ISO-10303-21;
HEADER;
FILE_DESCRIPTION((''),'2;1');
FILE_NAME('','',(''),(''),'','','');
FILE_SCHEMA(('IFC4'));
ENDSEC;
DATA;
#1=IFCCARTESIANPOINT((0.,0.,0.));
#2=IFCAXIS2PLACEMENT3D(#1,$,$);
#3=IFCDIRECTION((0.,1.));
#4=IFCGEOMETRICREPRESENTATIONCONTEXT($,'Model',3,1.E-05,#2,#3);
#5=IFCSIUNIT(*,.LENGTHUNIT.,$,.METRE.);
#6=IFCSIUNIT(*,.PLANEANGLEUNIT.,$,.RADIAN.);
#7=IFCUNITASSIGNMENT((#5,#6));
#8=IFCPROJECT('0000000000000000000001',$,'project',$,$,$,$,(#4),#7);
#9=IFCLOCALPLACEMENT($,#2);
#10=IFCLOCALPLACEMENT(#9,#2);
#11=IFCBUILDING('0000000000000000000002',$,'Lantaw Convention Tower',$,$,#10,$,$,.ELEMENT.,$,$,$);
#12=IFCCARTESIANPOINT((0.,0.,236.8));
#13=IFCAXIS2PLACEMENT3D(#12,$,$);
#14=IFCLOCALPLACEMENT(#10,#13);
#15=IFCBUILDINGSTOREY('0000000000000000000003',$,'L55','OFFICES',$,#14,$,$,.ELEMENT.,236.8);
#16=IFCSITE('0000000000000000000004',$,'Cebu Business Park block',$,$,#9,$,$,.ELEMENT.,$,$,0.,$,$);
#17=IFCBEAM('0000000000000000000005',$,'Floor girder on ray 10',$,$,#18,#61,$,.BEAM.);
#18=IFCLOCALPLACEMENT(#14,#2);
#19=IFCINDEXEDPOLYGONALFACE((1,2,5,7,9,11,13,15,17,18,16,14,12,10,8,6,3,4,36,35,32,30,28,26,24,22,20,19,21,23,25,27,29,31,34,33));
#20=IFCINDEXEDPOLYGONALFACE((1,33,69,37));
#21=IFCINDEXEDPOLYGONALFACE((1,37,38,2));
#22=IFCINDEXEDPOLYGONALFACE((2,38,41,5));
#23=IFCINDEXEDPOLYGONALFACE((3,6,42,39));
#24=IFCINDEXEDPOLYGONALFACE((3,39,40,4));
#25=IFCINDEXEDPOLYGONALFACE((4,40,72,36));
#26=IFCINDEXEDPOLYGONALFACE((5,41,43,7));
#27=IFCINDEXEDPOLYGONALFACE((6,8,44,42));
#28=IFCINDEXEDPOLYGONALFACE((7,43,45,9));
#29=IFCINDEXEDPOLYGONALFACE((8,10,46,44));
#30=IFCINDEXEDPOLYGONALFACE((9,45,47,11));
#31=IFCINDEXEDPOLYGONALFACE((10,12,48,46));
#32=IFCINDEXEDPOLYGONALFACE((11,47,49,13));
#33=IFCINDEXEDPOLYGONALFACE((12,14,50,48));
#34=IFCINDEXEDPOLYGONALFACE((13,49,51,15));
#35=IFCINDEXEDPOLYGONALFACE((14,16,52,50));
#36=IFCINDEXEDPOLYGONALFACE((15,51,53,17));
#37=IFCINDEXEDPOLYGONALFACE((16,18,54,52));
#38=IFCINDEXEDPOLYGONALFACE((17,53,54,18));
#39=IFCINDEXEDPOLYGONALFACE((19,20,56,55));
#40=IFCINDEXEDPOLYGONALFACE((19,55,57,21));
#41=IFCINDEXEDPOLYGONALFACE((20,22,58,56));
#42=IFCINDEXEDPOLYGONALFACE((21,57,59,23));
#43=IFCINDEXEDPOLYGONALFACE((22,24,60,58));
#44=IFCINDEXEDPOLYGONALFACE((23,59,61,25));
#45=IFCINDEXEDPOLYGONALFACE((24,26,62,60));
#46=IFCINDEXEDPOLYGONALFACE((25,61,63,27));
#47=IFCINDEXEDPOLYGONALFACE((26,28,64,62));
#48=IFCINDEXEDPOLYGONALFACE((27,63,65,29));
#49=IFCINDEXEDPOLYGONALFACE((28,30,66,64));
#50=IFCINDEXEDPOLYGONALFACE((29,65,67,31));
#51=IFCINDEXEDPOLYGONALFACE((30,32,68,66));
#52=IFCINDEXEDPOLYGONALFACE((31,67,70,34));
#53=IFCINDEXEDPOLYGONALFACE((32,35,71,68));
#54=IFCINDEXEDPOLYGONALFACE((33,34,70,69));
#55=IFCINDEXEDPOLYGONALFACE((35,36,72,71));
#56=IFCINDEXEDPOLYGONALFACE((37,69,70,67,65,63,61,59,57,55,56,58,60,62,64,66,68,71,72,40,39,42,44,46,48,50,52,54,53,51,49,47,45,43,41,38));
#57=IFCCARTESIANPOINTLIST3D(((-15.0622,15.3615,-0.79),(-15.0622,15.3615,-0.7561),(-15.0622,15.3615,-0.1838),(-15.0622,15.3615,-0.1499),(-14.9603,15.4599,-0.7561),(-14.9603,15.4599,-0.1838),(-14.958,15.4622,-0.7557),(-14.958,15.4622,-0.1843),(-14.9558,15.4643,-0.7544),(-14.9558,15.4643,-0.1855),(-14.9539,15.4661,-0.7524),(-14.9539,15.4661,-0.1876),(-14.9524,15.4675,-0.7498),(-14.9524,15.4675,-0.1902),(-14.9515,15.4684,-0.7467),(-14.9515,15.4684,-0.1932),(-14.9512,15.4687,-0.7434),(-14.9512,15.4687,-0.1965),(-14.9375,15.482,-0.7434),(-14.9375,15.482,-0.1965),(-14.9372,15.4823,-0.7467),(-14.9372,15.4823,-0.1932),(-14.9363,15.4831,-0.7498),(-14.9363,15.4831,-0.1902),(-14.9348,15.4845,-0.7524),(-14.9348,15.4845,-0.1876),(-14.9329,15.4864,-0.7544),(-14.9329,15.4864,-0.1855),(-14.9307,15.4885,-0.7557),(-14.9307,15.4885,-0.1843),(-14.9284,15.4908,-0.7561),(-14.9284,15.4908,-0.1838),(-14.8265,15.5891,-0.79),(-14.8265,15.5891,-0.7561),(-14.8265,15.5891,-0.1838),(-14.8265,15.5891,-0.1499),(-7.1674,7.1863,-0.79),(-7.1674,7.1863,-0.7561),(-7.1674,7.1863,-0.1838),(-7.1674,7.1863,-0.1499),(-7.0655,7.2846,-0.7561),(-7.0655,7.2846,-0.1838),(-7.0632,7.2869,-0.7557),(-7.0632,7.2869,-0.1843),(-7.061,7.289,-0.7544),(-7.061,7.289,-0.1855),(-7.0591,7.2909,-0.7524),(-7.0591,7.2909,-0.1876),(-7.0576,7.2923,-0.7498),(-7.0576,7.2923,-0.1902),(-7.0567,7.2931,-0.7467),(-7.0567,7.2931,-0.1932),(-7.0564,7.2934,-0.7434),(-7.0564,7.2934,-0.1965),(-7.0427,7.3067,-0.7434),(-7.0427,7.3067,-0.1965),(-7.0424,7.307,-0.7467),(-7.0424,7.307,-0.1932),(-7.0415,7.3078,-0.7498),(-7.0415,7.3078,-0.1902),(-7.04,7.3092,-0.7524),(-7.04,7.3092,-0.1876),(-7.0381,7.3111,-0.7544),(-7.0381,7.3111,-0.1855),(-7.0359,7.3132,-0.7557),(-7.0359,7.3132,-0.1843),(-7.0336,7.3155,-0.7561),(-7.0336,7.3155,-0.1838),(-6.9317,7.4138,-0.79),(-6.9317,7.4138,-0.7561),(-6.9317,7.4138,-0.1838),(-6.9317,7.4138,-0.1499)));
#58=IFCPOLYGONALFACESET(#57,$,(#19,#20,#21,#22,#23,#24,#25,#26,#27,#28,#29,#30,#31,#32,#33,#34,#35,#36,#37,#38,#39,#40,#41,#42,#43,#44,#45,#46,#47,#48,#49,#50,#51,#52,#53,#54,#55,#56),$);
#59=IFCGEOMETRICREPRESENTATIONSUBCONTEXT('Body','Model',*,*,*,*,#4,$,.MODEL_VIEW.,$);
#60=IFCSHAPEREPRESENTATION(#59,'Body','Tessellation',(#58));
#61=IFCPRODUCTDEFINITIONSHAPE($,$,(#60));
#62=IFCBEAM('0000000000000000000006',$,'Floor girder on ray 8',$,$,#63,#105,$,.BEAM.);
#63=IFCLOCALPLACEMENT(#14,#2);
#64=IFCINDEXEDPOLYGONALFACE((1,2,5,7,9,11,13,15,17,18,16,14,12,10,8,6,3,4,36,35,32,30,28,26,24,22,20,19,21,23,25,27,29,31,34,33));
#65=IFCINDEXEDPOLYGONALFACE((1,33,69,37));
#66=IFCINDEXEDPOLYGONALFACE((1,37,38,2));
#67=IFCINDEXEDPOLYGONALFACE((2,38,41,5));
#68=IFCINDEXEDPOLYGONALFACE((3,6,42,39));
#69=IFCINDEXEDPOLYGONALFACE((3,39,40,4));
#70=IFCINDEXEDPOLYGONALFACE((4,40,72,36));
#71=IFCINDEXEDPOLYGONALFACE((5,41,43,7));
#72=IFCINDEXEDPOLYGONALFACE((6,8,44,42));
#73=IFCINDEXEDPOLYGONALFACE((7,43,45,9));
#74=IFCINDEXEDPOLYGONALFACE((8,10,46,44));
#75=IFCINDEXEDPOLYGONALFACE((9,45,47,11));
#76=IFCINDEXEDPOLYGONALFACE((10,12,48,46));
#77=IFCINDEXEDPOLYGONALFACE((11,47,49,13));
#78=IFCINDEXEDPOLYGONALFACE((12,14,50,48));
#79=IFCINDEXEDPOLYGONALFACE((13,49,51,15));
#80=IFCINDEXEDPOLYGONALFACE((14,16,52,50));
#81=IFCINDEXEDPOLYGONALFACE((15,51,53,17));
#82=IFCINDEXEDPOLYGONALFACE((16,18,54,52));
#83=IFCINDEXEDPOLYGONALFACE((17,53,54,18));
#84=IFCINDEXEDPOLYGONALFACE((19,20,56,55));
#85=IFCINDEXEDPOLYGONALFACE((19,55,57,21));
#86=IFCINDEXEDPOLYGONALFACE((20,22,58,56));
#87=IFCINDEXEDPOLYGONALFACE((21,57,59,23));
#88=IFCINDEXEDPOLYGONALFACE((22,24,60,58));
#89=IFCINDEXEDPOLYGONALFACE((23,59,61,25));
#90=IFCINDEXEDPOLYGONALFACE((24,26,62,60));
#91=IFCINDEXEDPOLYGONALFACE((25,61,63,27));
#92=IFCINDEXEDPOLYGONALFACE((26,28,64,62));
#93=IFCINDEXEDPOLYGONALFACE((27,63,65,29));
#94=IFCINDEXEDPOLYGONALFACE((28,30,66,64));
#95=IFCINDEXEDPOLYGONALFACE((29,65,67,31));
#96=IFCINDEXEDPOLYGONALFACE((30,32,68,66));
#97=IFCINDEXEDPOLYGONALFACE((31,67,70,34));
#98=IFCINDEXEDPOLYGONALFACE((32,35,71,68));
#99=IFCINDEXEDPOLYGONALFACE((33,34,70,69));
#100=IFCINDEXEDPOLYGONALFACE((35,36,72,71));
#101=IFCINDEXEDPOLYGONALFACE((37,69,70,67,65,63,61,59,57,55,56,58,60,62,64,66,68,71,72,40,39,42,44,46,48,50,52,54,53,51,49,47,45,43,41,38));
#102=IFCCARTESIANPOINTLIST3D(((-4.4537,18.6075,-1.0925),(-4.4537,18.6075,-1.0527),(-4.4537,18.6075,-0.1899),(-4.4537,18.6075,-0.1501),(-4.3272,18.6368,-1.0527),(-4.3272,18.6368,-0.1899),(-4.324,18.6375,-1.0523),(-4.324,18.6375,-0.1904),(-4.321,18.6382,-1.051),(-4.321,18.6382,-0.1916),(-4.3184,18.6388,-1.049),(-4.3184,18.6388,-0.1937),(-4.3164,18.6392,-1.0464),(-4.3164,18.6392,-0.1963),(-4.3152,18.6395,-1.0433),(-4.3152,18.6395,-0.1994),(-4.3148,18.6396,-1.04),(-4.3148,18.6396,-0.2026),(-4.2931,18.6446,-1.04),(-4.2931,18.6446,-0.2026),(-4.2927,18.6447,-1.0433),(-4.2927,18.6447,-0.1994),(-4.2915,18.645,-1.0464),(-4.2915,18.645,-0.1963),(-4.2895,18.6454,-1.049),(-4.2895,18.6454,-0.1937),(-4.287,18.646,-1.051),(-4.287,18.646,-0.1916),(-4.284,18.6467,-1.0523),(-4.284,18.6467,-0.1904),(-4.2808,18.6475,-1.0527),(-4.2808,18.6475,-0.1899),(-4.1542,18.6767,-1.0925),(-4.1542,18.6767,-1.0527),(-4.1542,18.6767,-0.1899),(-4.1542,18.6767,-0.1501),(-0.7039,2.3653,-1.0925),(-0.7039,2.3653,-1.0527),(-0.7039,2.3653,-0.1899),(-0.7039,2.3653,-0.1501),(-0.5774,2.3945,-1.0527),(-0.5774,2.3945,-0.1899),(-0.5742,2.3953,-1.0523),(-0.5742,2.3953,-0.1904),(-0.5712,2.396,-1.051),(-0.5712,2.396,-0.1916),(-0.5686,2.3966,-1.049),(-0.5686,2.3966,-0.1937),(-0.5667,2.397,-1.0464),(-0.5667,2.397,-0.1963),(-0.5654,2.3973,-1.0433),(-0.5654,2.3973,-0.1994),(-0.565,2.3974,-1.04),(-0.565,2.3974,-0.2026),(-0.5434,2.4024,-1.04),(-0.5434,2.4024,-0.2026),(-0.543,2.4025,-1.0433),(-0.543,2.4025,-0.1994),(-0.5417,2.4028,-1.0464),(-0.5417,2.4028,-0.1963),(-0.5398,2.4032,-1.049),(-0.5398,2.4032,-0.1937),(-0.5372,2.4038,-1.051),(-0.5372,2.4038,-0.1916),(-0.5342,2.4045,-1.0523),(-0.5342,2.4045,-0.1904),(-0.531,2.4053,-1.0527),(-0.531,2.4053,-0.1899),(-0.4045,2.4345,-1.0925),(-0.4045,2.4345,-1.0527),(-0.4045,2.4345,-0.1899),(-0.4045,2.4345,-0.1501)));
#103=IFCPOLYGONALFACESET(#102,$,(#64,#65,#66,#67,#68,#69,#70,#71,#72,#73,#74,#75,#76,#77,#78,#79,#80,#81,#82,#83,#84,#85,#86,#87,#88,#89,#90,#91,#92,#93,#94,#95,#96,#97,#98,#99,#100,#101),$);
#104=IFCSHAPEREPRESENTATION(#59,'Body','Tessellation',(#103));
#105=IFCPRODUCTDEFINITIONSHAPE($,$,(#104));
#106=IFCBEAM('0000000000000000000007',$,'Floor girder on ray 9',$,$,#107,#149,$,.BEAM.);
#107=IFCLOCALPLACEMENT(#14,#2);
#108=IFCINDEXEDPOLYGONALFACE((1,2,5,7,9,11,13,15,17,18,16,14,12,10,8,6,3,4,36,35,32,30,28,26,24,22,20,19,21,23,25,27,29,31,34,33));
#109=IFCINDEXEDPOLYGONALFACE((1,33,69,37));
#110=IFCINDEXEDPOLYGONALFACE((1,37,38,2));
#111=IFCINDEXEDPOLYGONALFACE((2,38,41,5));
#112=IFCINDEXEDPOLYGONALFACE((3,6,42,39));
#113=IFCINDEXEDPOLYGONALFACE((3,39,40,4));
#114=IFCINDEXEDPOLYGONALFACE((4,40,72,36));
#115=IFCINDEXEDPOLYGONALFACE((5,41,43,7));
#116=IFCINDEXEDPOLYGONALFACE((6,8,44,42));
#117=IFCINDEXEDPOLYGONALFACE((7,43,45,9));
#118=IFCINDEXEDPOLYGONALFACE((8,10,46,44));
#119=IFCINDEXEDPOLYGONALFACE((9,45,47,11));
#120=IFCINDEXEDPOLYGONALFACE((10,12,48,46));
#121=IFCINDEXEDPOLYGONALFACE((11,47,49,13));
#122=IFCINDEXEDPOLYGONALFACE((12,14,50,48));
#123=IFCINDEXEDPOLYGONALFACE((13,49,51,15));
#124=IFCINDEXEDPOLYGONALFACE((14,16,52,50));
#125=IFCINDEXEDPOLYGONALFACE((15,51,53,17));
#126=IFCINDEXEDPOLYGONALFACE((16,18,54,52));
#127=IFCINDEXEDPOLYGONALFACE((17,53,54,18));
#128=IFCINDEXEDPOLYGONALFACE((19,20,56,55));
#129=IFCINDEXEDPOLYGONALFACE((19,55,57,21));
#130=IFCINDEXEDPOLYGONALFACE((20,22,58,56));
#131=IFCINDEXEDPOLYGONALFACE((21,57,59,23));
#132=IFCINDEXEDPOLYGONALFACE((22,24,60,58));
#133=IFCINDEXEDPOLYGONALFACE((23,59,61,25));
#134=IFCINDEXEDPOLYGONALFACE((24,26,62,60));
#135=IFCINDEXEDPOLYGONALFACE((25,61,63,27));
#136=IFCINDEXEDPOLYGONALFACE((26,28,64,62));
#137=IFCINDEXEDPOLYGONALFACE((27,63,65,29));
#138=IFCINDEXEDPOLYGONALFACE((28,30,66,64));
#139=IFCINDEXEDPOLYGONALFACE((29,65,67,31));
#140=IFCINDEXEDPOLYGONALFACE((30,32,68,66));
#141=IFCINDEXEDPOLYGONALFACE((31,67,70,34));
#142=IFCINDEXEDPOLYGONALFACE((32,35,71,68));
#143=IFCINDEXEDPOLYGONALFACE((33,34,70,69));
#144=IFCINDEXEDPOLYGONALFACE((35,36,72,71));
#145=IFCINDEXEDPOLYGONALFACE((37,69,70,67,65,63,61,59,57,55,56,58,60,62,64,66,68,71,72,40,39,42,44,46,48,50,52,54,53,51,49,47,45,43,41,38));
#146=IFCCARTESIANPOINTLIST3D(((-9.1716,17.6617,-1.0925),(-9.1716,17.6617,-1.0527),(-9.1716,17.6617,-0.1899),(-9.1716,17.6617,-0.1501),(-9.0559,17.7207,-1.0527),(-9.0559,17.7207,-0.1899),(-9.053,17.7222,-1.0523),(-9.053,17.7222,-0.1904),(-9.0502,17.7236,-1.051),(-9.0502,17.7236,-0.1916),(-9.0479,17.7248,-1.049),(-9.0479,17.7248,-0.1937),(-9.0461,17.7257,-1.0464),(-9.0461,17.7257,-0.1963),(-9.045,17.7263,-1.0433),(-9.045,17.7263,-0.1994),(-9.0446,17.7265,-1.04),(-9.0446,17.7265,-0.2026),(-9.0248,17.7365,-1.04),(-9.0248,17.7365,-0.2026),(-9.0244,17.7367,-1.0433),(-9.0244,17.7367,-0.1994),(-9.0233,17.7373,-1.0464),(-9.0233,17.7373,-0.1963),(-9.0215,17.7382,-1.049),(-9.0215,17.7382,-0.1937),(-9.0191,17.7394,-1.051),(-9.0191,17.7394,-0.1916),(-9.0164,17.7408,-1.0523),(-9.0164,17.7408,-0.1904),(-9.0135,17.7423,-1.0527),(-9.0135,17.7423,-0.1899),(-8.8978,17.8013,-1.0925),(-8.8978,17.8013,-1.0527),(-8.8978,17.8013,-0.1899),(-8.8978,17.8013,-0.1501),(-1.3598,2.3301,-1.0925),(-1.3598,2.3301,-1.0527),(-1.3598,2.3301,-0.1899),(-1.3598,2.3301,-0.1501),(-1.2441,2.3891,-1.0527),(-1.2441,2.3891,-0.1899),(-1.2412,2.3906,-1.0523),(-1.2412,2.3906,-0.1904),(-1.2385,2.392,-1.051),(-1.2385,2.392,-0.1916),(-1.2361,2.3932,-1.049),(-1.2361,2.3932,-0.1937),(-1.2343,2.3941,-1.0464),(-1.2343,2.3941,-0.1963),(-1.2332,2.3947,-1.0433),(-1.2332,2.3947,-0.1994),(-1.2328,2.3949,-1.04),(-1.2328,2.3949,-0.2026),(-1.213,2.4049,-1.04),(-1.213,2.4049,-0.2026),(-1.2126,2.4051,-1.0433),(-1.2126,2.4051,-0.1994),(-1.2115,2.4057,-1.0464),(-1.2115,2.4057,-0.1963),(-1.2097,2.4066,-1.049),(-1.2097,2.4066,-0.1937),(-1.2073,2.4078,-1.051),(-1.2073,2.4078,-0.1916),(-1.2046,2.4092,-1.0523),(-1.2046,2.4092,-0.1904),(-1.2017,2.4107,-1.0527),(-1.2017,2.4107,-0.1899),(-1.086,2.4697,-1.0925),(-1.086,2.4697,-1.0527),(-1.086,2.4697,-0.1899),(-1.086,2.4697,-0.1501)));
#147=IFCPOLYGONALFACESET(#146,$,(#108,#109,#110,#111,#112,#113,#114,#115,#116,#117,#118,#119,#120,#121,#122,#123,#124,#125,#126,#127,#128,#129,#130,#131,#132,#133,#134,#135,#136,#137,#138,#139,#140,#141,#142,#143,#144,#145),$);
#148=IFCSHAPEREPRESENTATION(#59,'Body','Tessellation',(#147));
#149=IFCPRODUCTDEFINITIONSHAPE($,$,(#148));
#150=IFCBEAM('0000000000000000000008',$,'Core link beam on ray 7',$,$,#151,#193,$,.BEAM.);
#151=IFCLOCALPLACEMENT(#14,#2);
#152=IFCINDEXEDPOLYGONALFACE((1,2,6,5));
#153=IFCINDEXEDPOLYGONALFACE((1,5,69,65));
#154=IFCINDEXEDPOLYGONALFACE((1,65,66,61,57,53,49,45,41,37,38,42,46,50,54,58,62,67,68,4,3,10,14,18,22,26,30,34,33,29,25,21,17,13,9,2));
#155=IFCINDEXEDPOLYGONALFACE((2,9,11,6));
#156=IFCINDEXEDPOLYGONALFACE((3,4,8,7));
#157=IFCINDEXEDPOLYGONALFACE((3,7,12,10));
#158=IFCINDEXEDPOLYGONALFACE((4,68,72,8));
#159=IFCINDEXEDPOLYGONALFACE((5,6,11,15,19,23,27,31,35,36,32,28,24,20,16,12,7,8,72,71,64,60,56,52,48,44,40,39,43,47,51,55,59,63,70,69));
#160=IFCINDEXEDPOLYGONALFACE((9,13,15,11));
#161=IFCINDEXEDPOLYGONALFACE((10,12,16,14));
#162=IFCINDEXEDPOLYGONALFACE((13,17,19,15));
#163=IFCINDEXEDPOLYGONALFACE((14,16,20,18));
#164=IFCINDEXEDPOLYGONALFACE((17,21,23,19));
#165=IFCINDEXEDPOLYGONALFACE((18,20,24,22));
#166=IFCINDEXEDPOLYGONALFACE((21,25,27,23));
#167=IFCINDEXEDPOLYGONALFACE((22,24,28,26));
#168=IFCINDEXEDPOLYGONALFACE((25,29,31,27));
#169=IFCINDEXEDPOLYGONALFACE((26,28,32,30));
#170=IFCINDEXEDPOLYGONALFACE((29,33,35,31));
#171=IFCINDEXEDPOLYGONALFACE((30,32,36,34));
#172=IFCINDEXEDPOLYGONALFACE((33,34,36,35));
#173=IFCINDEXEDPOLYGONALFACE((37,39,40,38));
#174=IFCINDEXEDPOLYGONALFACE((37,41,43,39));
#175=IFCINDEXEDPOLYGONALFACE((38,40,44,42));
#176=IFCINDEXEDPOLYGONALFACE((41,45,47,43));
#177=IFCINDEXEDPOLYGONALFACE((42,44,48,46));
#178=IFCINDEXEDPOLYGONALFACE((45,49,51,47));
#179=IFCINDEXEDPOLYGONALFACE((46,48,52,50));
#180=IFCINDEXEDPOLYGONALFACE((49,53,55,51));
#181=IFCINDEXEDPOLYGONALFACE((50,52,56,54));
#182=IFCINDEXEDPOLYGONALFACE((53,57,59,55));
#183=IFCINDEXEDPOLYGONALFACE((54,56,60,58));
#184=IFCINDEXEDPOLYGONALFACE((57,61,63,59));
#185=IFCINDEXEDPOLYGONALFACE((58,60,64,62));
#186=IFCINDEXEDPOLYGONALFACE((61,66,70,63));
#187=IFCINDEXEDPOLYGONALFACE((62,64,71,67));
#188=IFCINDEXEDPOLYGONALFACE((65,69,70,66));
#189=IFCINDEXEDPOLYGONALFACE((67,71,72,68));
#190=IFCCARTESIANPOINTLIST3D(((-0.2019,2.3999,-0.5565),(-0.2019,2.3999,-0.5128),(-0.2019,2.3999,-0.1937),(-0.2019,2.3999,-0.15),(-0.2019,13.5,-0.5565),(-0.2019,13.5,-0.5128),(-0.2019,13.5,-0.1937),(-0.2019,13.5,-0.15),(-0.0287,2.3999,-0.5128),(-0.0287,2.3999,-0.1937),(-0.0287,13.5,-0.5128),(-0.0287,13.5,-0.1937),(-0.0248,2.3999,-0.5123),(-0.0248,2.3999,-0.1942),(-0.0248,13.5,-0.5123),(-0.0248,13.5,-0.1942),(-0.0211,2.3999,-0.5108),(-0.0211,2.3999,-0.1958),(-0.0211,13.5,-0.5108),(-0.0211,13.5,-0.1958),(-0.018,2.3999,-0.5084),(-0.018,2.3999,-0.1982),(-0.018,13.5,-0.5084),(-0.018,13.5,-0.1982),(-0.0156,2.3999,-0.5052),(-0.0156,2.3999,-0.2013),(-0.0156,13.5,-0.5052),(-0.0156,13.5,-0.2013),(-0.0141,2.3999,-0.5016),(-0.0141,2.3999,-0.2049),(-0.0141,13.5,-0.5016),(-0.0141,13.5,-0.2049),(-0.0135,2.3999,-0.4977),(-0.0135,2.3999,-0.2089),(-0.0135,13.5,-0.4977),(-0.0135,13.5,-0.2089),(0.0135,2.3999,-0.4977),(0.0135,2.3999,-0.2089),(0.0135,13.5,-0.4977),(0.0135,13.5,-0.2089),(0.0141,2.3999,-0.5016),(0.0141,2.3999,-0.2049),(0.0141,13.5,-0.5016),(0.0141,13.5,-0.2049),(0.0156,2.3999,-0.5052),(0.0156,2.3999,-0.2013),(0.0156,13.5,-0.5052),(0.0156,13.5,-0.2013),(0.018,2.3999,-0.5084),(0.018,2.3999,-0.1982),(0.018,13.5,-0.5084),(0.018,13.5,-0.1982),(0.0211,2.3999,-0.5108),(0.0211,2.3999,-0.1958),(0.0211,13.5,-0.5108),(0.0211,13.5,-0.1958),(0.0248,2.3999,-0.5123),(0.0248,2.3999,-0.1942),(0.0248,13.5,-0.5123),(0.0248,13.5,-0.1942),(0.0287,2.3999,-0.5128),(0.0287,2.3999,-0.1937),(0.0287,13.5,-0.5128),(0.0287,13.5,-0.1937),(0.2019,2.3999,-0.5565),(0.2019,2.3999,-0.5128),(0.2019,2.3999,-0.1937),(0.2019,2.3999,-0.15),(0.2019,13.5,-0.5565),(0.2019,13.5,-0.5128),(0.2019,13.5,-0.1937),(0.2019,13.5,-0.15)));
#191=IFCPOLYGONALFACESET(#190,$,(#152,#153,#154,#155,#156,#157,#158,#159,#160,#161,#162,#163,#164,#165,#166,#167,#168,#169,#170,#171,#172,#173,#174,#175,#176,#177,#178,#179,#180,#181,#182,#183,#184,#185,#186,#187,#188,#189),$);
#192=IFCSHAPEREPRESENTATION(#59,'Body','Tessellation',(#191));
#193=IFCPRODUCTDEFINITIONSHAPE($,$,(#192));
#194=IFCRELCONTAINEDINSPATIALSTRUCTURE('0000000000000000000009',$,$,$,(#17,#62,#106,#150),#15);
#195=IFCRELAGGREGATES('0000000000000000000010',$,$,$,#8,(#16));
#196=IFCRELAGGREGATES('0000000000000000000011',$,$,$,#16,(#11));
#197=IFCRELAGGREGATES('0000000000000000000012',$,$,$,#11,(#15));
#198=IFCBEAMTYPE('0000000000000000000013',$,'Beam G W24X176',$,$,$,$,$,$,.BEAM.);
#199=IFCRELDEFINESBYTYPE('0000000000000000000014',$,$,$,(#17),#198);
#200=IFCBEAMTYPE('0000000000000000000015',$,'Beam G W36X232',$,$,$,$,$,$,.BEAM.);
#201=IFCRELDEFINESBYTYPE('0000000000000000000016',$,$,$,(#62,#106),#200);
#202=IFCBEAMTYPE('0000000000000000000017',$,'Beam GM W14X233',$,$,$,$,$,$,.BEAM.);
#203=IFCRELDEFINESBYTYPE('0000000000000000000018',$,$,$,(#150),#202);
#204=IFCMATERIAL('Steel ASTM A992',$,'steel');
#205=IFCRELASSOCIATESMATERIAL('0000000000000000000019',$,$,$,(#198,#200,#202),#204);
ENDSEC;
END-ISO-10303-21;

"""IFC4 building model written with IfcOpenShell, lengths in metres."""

from ifc_helpers import new_model, si_unit, direction, frame, origin, origin_2d, place, context, subcontext, project, spatial, i_section, extrude, material, material_profile, profile_set, type_object, element, save


model = new_model("IFC4")

# Units and contexts
model_context = context("Model", 3, precision=1e-05, world=origin(), true_north=direction((0.0, 1.0)))
body_context = subcontext(model_context, "Body", "Model", "MODEL_VIEW")
ifc_project = project(units=[si_unit("LENGTHUNIT", "METRE"), si_unit("PLANEANGLEUNIT", "RADIAN")], contexts=[model_context])

# Site, building, storey
site_placement = place(None, origin())
site = spatial("IfcSite", under=ifc_project, at=site_placement, Name="Cebu Business Park block", CompositionType="ELEMENT", RefElevation=0.0)
building_placement = place(site_placement, origin())
building = spatial("IfcBuilding", under=site, at=building_placement, Name="Lantaw Convention Tower", CompositionType="ELEMENT")
storey_placement = place(building_placement, frame((0.0, 0.0, 236.8)))
storey = spatial("IfcBuildingStorey", under=building, at=storey_placement, Name="L55", Description="OFFICES", CompositionType="ELEMENT", Elevation=236.8)

# Beams
ifc_material_1 = material(Name="Steel ASTM A992", Category="steel")
ifc_material_profile_1 = material_profile(ifc_material_1, i_section(OverallWidth=0.3276, OverallDepth=0.6401, WebThickness=0.019, FlangeThickness=0.0339, FilletRadius=0.0127, at=origin_2d()), Name="W24X176")
ifc_profile_set_1 = profile_set([ifc_material_profile_1], Name="Steel ASTM A992")
beam_type_1 = type_object("IfcBeamType", Name="Beam G W24X176", PredefinedType="BEAM", material=ifc_profile_set_1)
beam_1_placement = place(storey_placement, frame((-7.0496, 7.3, -0.47), z_axis=(-0.694658, 0.71934, 0.0), x_axis=(-0.71934, -0.694658, 0.0)))
element("IfcBeam", 1, at=beam_1_placement, inside=storey, type_object=beam_type_1, Name="Floor girder on ray 10", PredefinedType="BEAM", context=body_context, shape_type="SweptSolid", body=[
    extrude(i_section(OverallWidth=0.3276, OverallDepth=0.6401, WebThickness=0.019, FlangeThickness=0.0339, FilletRadius=0.0127, at=origin_2d()), origin(), (0.0, 0.0, 1.0), 11.365),
])
ifc_material_profile_2 = material_profile(ifc_material_1, i_section(OverallWidth=0.3074, OverallDepth=0.9424, WebThickness=0.0222, FlangeThickness=0.0398, FilletRadius=0.0127, at=origin_2d()), Name="W36X232")
ifc_profile_set_2 = profile_set([ifc_material_profile_2], Name="Steel ASTM A992")
beam_type_2 = type_object("IfcBeamType", Name="Beam G W36X232", PredefinedType="BEAM", material=ifc_profile_set_2)
beam_2_placement = place(storey_placement, frame((-0.5542, 2.3999, -0.6213), z_axis=(-0.224948, 0.974371, 0.0), x_axis=(-0.974371, -0.224948, 0.0)))
element("IfcBeam", 2, at=beam_2_placement, inside=storey, type_object=beam_type_2, Name="Floor girder on ray 8", PredefinedType="BEAM", context=body_context, shape_type="SweptSolid", body=[
    extrude(i_section(OverallWidth=0.3074, OverallDepth=0.9424, WebThickness=0.0222, FlangeThickness=0.0398, FilletRadius=0.0127, at=origin_2d()), origin(), (0.0, 0.0, 1.0), 16.6694),
])
beam_3_placement = place(storey_placement, frame((-1.2229, 2.3999, -0.6213), z_axis=(-0.453988, 0.891008, 0.0), x_axis=(-0.891008, -0.453988, 0.0)))
element("IfcBeam", 3, at=beam_3_placement, inside=storey, type_object=beam_type_2, Name="Floor girder on ray 9", PredefinedType="BEAM", context=body_context, shape_type="SweptSolid", body=[
    extrude(i_section(OverallWidth=0.3074, OverallDepth=0.9424, WebThickness=0.0222, FlangeThickness=0.0398, FilletRadius=0.0127, at=origin_2d()), origin(), (0.0, 0.0, 1.0), 17.207),
])
ifc_material_profile_3 = material_profile(ifc_material_1, i_section(OverallWidth=0.4038, OverallDepth=0.4065, WebThickness=0.0271, FlangeThickness=0.0437, FilletRadius=0.0151, at=origin_2d()), Name="W14X233")
ifc_profile_set_3 = profile_set([ifc_material_profile_3], Name="Steel ASTM A992")
beam_type_3 = type_object("IfcBeamType", Name="Beam GM W14X233", PredefinedType="BEAM", material=ifc_profile_set_3)
beam_4_placement = place(storey_placement, frame((0.0, 2.3999, -0.3533), z_axis=(0.0, 1.0, 0.0), x_axis=(-1.0, 0.0, 0.0)))
element("IfcBeam", 4, at=beam_4_placement, inside=storey, type_object=beam_type_3, Name="Core link beam on ray 7", PredefinedType="BEAM", context=body_context, shape_type="SweptSolid", body=[
    extrude(i_section(OverallWidth=0.4038, OverallDepth=0.4065, WebThickness=0.0271, FlangeThickness=0.0437, FilletRadius=0.0151, at=origin_2d()), origin(), (0.0, 0.0, 1.0), 11.1001),
])

save(model, "model.ifc")
